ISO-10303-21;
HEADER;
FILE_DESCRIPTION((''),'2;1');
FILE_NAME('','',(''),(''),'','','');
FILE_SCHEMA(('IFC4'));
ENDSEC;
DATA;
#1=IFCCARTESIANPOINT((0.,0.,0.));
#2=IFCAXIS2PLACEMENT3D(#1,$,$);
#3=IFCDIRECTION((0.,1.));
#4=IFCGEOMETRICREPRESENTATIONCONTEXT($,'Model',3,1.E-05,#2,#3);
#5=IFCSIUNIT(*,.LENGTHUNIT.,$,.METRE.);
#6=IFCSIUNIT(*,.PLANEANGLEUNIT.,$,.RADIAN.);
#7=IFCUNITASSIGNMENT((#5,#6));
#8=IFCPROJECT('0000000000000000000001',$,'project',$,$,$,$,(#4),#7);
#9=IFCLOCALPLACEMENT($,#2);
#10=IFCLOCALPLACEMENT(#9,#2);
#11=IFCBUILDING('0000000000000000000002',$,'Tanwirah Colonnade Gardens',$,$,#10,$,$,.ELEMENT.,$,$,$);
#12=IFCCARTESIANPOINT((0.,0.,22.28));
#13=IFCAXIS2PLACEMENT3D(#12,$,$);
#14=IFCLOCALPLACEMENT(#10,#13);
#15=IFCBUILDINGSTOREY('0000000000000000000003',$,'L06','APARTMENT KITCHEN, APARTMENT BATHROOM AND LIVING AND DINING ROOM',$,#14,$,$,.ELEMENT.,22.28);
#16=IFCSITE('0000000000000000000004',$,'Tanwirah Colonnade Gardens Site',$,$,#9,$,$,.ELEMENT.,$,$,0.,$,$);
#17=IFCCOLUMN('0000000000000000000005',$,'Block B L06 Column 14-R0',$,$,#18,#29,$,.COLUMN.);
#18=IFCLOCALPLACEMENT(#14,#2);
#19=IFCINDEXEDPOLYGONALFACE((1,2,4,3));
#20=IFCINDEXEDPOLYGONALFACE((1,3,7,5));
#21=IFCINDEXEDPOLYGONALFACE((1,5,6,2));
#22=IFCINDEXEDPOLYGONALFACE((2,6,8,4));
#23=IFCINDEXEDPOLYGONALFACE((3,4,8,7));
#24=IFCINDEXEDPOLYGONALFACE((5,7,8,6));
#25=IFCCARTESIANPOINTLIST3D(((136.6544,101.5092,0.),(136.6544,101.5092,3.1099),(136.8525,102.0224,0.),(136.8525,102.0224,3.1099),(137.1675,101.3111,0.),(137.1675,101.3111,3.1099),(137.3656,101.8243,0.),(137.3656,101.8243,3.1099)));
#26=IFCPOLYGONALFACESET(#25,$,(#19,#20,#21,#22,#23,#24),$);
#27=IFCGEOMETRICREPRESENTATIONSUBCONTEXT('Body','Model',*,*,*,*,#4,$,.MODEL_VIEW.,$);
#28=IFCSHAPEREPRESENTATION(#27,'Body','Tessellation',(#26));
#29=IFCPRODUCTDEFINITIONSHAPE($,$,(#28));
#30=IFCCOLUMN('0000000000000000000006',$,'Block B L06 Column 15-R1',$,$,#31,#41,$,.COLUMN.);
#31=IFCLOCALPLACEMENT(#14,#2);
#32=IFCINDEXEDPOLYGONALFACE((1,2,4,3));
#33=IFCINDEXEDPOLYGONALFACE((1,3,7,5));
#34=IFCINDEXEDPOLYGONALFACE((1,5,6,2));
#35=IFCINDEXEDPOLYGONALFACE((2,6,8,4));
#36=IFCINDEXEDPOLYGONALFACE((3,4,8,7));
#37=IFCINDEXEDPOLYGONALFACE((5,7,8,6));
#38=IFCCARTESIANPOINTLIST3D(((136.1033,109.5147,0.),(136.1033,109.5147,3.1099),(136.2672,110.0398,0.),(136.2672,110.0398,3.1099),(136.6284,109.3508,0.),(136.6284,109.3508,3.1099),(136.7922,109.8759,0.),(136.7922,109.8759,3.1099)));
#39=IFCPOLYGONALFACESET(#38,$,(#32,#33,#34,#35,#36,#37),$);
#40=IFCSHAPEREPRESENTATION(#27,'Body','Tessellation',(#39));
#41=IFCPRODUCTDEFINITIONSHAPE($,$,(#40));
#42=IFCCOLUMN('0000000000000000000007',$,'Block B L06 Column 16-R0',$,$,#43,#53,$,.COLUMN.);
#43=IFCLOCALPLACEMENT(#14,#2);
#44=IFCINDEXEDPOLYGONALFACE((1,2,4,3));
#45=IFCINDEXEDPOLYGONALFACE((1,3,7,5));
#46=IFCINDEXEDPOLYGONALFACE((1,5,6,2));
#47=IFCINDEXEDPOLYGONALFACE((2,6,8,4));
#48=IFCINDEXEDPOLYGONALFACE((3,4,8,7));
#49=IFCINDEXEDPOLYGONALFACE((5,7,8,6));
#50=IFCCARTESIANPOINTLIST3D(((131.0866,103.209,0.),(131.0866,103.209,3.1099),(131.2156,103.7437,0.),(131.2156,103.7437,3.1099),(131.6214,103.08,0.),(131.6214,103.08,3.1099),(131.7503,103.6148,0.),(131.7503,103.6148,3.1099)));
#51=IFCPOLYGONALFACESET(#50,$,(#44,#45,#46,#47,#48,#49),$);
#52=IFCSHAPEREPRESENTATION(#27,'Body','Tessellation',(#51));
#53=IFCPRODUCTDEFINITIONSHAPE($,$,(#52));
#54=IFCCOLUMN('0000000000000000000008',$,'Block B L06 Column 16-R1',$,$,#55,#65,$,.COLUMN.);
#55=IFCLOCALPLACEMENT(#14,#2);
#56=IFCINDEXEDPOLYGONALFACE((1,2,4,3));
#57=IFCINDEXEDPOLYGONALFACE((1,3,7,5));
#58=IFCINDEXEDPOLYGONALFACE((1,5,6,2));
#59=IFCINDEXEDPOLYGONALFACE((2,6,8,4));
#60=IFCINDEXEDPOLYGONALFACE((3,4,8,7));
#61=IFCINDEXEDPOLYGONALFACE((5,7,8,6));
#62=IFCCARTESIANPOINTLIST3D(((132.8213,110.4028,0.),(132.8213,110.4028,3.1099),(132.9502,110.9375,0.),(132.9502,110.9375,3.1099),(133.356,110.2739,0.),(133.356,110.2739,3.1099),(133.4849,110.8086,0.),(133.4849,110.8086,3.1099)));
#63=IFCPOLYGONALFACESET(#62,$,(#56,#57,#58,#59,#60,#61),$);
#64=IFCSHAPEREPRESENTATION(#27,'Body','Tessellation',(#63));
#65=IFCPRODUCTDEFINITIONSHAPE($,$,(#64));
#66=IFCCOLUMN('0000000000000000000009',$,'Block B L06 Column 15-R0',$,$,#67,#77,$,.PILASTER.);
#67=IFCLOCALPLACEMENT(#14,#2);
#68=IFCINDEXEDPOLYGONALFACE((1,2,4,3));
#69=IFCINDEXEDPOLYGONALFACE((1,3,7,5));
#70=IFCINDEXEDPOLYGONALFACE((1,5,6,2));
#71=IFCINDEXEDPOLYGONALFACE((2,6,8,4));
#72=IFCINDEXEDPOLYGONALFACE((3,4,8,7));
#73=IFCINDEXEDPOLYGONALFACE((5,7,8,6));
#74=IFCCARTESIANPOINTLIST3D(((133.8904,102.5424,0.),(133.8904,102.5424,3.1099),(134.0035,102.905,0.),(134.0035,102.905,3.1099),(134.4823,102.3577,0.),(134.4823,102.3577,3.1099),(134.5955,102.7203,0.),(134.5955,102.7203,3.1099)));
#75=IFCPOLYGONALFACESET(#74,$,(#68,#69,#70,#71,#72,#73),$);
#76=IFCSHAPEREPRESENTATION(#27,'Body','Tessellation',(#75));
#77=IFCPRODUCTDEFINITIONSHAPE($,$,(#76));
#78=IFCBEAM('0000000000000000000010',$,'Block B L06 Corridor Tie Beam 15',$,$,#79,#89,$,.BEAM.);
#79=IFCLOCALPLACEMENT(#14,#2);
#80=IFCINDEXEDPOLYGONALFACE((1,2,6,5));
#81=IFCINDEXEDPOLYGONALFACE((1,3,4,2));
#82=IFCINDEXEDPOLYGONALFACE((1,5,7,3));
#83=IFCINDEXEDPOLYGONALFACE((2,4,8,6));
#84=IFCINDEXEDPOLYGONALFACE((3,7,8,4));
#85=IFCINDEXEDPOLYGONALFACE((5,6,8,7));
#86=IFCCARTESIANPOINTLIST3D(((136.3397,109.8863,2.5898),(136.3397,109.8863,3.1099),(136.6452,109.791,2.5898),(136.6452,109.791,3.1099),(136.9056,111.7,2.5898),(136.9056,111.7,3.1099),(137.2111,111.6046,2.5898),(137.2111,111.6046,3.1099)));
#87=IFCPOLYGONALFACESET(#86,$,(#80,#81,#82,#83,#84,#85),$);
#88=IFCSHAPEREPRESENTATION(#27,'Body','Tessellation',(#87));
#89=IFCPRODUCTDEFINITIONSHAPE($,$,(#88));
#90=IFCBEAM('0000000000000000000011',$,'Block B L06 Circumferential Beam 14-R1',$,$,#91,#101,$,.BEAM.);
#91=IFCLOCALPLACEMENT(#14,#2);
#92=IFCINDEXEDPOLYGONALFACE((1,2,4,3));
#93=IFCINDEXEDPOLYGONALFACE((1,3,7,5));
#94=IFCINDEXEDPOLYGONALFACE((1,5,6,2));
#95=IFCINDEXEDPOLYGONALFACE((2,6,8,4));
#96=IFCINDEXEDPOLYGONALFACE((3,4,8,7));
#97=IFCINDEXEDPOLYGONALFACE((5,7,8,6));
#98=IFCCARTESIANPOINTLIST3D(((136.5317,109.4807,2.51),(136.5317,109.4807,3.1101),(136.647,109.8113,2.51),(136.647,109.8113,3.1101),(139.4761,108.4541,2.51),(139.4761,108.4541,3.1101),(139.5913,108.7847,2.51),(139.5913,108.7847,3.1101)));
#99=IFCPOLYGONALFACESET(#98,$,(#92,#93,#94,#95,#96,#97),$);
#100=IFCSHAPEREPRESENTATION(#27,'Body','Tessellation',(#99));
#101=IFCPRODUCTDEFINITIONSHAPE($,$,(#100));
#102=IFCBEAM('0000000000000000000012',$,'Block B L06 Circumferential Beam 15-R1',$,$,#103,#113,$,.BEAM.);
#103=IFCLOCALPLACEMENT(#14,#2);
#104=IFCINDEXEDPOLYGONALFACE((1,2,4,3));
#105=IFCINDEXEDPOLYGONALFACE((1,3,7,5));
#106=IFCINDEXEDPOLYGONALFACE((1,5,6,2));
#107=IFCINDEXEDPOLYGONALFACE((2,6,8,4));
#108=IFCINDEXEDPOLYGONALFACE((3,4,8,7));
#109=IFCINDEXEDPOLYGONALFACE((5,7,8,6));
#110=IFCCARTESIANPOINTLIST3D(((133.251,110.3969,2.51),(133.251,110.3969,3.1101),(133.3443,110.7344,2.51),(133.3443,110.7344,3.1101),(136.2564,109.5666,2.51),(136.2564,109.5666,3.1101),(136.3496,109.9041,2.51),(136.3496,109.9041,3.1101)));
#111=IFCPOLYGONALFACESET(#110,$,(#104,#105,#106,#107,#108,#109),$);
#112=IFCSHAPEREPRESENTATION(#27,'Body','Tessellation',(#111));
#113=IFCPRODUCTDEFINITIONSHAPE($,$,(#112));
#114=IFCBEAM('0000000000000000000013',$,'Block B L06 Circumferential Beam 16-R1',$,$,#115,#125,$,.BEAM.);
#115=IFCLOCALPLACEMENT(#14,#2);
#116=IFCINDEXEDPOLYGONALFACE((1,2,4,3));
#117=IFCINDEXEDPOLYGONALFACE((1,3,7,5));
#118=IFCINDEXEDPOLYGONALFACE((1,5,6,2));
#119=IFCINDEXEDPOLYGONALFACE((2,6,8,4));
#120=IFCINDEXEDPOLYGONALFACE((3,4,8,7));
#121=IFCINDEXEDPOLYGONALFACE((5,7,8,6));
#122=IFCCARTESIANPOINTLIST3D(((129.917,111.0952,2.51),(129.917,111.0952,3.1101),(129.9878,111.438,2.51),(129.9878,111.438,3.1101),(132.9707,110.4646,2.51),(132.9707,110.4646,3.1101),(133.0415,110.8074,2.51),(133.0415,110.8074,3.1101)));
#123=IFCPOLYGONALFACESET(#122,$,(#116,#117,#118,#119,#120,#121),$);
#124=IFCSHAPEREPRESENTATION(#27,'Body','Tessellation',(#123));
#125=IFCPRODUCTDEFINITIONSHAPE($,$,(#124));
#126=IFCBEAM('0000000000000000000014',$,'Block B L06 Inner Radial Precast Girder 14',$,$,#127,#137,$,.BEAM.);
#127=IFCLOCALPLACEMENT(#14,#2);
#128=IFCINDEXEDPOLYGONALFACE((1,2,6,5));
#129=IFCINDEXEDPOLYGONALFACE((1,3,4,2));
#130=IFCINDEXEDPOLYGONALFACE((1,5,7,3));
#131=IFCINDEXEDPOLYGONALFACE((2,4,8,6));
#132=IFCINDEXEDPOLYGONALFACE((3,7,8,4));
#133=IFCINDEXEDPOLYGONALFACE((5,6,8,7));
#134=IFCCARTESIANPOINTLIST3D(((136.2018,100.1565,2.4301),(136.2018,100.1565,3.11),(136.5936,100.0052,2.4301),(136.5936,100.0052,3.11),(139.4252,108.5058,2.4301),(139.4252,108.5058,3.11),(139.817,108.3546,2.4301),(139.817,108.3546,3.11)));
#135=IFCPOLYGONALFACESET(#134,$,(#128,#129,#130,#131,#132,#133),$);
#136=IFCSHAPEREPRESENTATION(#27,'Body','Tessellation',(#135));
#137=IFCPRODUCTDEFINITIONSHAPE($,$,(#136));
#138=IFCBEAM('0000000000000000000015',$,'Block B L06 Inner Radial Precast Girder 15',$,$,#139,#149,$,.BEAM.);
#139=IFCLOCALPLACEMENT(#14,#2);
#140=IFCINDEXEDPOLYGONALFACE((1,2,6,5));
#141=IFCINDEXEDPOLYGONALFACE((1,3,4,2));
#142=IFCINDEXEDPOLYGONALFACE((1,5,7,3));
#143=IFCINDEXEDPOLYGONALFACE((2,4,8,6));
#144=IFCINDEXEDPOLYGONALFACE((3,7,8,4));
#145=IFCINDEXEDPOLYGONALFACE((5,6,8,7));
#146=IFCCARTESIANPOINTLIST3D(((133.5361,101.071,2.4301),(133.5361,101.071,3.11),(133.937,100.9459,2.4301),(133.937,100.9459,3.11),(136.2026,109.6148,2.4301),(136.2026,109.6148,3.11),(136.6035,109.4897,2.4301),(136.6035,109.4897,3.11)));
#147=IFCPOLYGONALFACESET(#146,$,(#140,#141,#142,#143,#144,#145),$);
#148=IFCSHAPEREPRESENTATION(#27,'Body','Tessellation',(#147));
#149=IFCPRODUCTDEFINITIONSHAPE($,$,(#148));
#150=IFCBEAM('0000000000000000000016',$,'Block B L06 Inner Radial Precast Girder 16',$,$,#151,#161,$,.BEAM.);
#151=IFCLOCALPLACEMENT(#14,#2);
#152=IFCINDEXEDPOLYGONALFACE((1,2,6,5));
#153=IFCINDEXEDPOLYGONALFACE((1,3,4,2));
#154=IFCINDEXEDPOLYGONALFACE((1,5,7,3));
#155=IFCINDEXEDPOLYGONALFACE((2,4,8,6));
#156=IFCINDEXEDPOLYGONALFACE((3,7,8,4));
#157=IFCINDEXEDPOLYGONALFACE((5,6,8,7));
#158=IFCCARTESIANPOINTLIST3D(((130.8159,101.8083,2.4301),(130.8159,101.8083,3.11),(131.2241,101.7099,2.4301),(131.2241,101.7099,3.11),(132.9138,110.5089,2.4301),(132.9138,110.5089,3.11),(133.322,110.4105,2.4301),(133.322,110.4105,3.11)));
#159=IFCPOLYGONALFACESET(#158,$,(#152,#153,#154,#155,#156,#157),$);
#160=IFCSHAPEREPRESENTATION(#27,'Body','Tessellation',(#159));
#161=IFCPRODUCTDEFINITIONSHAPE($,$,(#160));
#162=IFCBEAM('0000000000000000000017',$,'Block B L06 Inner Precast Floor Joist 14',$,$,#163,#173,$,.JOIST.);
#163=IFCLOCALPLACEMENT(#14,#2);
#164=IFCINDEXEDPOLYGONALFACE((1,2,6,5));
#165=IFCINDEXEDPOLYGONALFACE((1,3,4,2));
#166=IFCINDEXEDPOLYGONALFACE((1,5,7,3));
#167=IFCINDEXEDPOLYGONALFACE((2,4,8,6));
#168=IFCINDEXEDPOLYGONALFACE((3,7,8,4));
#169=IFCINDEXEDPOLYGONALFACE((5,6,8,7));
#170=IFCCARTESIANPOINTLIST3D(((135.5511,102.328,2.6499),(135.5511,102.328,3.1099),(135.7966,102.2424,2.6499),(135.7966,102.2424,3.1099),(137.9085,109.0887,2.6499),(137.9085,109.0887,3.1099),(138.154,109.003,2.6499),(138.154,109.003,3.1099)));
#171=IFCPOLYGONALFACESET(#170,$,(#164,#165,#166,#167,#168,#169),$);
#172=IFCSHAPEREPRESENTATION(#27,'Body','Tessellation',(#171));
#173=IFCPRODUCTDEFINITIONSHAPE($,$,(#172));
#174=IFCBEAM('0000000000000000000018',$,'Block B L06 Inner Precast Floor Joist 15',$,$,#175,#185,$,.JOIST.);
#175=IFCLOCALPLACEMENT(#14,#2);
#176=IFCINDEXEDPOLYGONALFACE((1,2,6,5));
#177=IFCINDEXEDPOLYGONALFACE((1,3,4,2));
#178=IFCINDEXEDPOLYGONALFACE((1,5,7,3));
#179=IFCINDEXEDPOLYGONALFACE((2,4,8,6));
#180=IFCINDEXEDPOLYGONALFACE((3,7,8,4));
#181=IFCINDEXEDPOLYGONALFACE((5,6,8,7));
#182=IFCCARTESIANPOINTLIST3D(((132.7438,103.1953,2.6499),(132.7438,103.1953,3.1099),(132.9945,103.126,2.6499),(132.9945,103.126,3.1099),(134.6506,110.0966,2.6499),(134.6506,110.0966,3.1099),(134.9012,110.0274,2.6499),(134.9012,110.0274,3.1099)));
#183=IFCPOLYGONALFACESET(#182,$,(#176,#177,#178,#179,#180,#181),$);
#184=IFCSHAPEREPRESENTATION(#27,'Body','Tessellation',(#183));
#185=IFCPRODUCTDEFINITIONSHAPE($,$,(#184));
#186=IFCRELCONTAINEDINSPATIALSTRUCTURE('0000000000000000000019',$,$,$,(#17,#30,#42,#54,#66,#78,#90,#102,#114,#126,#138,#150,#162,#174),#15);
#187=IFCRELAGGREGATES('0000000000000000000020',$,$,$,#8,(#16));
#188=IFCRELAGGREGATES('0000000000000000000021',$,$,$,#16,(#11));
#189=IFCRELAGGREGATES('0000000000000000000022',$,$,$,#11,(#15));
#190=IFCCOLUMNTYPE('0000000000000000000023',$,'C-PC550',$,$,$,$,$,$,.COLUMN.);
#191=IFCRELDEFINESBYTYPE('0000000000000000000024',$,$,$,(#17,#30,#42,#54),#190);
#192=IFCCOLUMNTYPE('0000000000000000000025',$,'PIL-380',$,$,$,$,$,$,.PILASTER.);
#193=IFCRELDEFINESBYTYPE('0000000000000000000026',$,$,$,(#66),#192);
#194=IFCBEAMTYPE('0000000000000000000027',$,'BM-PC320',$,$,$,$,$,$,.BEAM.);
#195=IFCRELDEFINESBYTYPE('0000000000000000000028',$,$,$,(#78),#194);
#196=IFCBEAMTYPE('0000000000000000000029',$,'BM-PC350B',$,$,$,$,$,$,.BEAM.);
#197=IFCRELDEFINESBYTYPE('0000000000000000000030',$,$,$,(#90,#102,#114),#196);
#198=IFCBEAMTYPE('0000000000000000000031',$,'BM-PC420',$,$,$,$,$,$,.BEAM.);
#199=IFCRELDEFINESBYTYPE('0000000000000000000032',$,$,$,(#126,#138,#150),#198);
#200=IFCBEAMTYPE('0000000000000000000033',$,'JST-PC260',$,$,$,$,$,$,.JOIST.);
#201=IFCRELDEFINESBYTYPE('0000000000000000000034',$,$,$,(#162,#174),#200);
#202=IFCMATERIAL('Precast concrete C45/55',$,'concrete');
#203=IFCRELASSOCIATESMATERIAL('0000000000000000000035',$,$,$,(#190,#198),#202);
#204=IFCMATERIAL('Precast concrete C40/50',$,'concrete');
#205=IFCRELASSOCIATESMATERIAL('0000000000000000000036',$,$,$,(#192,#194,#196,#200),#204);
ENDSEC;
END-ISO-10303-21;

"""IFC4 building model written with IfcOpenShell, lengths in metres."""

from ifc_helpers import new_model, si_unit, direction, frame, origin, origin_2d, place, context, subcontext, project, spatial, rectangle, extrude, material, material_profile, profile_set, type_object, element, save


model = new_model("IFC4")

# Units and contexts
model_context = context("Model", 3, precision=1e-05, world=origin(), true_north=direction((0.0, 1.0)))
body_context = subcontext(model_context, "Body", "Model", "MODEL_VIEW")
ifc_project = project(units=[si_unit("LENGTHUNIT", "METRE"), si_unit("PLANEANGLEUNIT", "RADIAN")], contexts=[model_context])

# Site, building, storey
site_placement = place(None, origin())
site = spatial("IfcSite", under=ifc_project, at=site_placement, Name="Tanwirah Colonnade Gardens Site", CompositionType="ELEMENT", RefElevation=0.0)
building_placement = place(site_placement, origin())
building = spatial("IfcBuilding", under=site, at=building_placement, Name="Tanwirah Colonnade Gardens", CompositionType="ELEMENT")
storey_placement = place(building_placement, frame((0.0, 0.0, 22.28)))
storey = spatial("IfcBuildingStorey", under=building, at=storey_placement, Name="L06", Description="APARTMENT KITCHEN, APARTMENT BATHROOM AND LIVING AND DINING ROOM", CompositionType="ELEMENT", Elevation=22.28)

# Columns
ifc_material_1 = material(Name="Precast concrete C45/55", Category="concrete")
ifc_material_profile_1 = material_profile(ifc_material_1, rectangle(XDim=0.55, YDim=0.55, at=origin_2d()), Name="PC-COL 550x550")
ifc_profile_set_1 = profile_set([ifc_material_profile_1], Name="Precast concrete C45/55")
column_type_1 = type_object("IfcColumnType", Name="C-PC550", PredefinedType="COLUMN", material=ifc_profile_set_1)
for number, where, z_axis, x_axis, name in (
    (1, (137.01, 101.6667, 0.0), (0.0, 0.0, 1.0), (0.360178, 0.932884, 0.0), "Block B L06 Column 14-R0"),
    (2, (136.4478, 109.6953, 0.0), (0.0, 0.0, 1.0), (0.29793, 0.954588, 0.0), "Block B L06 Column 15-R1"),
    (3, (131.4185, 103.4119, 0.0), (0.0, 0.0, 1.0), (0.234388, 0.972143, 0.0), "Block B L06 Column 16-R0"),
    (4, (133.1531, 110.6057, 0.0), (0.0, 0.0, 1.0), (0.234388, 0.972143, 0.0), "Block B L06 Column 16-R1"),
):
    element("IfcColumn", number, at=place(storey_placement, frame(where, z_axis=z_axis, x_axis=x_axis)), inside=storey, type_object=column_type_1, Name=name, PredefinedType="COLUMN", context=body_context, shape_type="SweptSolid", body=[
        extrude(rectangle(XDim=0.55, YDim=0.55, at=origin_2d()), origin(), (0.0, 0.0, 1.0), 3.1099),
    ])
ifc_material_2 = material(Name="Precast concrete C40/50", Category="concrete")
ifc_material_profile_2 = material_profile(ifc_material_2, rectangle(XDim=0.3799, YDim=0.6201, at=origin_2d()), Name="PC-PIL 380x620")
ifc_profile_set_2 = profile_set([ifc_material_profile_2], Name="Precast concrete C40/50")
column_type_2 = type_object("IfcColumnType", Name="PIL-380", PredefinedType="PILASTER", material=ifc_profile_set_2)
column_placement = place(storey_placement, frame((134.2429, 102.6313, 0.0), z_axis=(0.0, 0.0, 1.0), x_axis=(0.29793, 0.954588, 0.0)))
element("IfcColumn", 5, at=column_placement, inside=storey, type_object=column_type_2, Name="Block B L06 Column 15-R0", PredefinedType="PILASTER", context=body_context, shape_type="SweptSolid", body=[
    extrude(rectangle(XDim=0.3799, YDim=0.6201, at=origin_2d()), origin(), (0.0, 0.0, 1.0), 3.1099),
])

# Beams
ifc_material_profile_3 = material_profile(ifc_material_2, rectangle(XDim=0.3201, YDim=0.52, at=origin_2d()), Name="PC-BM 320x520")
ifc_profile_set_3 = profile_set([ifc_material_profile_3], Name="Precast concrete C40/50")
beam_type_1 = type_object("IfcBeamType", Name="BM-PC320", PredefinedType="BEAM", material=ifc_profile_set_3)
beam_1_placement = place(storey_placement, frame((136.4924, 109.8386, 2.8499), z_axis=(0.297858, 0.95461, 0.0), x_axis=(-0.95461, 0.297858, 0.0)))
element("IfcBeam", 6, at=beam_1_placement, inside=storey, type_object=beam_type_1, Name="Block B L06 Corridor Tie Beam 15", PredefinedType="BEAM", context=body_context, shape_type="SweptSolid", body=[
    extrude(rectangle(XDim=0.3201, YDim=0.52, at=origin_2d()), origin(), (0.0, 0.0, 1.0), 1.8999),
])
ifc_material_profile_4 = material_profile(ifc_material_2, rectangle(XDim=0.3501, YDim=0.6001, at=origin_2d()), Name="PC-BM 350x600")
ifc_profile_set_4 = profile_set([ifc_material_profile_4], Name="Precast concrete C40/50")
beam_type_2 = type_object("IfcBeamType", Name="BM-PC350B", PredefinedType="BEAM", material=ifc_profile_set_4)
beam_2_placement = place(storey_placement, frame((139.5337, 108.6194, 2.8101), z_axis=(-0.944248, 0.329234, 0.0), x_axis=(-0.329234, -0.944248, 0.0)))
element("IfcBeam", 7, at=beam_2_placement, inside=storey, type_object=beam_type_2, Name="Block B L06 Circumferential Beam 14-R1", PredefinedType="BEAM", context=body_context, shape_type="SweptSolid", body=[
    extrude(rectangle(XDim=0.3501, YDim=0.6001, at=origin_2d()), origin(), (0.0, 0.0, 1.0), 3.1182),
])
beam_3_placement = place(storey_placement, frame((136.303, 109.7354, 2.8101), z_axis=(-0.963889, 0.266303, 0.0), x_axis=(-0.266303, -0.963889, 0.0)))
element("IfcBeam", 8, at=beam_3_placement, inside=storey, type_object=beam_type_2, Name="Block B L06 Circumferential Beam 15-R1", PredefinedType="BEAM", context=body_context, shape_type="SweptSolid", body=[
    extrude(rectangle(XDim=0.3501, YDim=0.6001, at=origin_2d()), origin(), (0.0, 0.0, 1.0), 3.1179),
])
beam_4_placement = place(storey_placement, frame((133.0061, 110.636, 2.8101), z_axis=(-0.979336, 0.202241, 0.0), x_axis=(-0.202241, -0.979336, 0.0)))
element("IfcBeam", 9, at=beam_4_placement, inside=storey, type_object=beam_type_2, Name="Block B L06 Circumferential Beam 16-R1", PredefinedType="BEAM", context=body_context, shape_type="SweptSolid", body=[
    extrude(rectangle(XDim=0.3501, YDim=0.6001, at=origin_2d()), origin(), (0.0, 0.0, 1.0), 3.1182),
])
ifc_material_profile_5 = material_profile(ifc_material_1, rectangle(XDim=0.4199, YDim=0.6799, at=origin_2d()), Name="PC-BM 420x680")
ifc_profile_set_5 = profile_set([ifc_material_profile_5], Name="Precast concrete C45/55")
beam_type_3 = type_object("IfcBeamType", Name="BM-PC420", PredefinedType="BEAM", material=ifc_profile_set_5)
beam_5_placement = place(storey_placement, frame((139.6211, 108.4302, 2.77), z_axis=(-0.360156, -0.932892, 0.0), x_axis=(0.932892, -0.360156, 0.0)))
element("IfcBeam", 10, at=beam_5_placement, inside=storey, type_object=beam_type_3, Name="Block B L06 Inner Radial Precast Girder 14", PredefinedType="BEAM", context=body_context, shape_type="SweptSolid", body=[
    extrude(rectangle(XDim=0.4199, YDim=0.6799, at=origin_2d()), origin(), (0.0, 0.0, 1.0), 8.95),
])
beam_6_placement = place(storey_placement, frame((136.4031, 109.5522, 2.77), z_axis=(-0.297929, -0.954588, 0.0), x_axis=(0.954588, -0.297929, 0.0)))
element("IfcBeam", 11, at=beam_6_placement, inside=storey, type_object=beam_type_3, Name="Block B L06 Inner Radial Precast Girder 15", PredefinedType="BEAM", context=body_context, shape_type="SweptSolid", body=[
    extrude(rectangle(XDim=0.4199, YDim=0.6799, at=origin_2d()), origin(), (0.0, 0.0, 1.0), 8.9502),
])
beam_7_placement = place(storey_placement, frame((133.1179, 110.4597, 2.77), z_axis=(-0.234401, -0.97214, 0.0), x_axis=(0.97214, -0.234401, 0.0)))
element("IfcBeam", 12, at=beam_7_placement, inside=storey, type_object=beam_type_3, Name="Block B L06 Inner Radial Precast Girder 16", PredefinedType="BEAM", context=body_context, shape_type="SweptSolid", body=[
    extrude(rectangle(XDim=0.4199, YDim=0.6799, at=origin_2d()), origin(), (0.0, 0.0, 1.0), 8.95),
])
ifc_material_profile_6 = material_profile(ifc_material_2, rectangle(XDim=0.26, YDim=0.46, at=origin_2d()), Name="PC-JST 260x460")
ifc_profile_set_6 = profile_set([ifc_material_profile_6], Name="Precast concrete C40/50")
beam_type_4 = type_object("IfcBeamType", Name="JST-PC260", PredefinedType="JOIST", material=ifc_profile_set_6)
for number, where, z_axis, x_axis, name in (
    (13, (135.6738, 102.2852, 2.8799), (0.329251, 0.944243, 0.0), (-0.944243, 0.329251, 0.0), "Block B L06 Inner Precast Floor Joist 14"),
    (14, (132.8691, 103.1606, 2.8799), (0.266307, 0.963888, 0.0), (-0.963888, 0.266307, 0.0), "Block B L06 Inner Precast Floor Joist 15"),
):
    element("IfcBeam", number, at=place(storey_placement, frame(where, z_axis=z_axis, x_axis=x_axis)), inside=storey, type_object=beam_type_4, Name=name, PredefinedType="JOIST", context=body_context, shape_type="SweptSolid", body=[
        extrude(rectangle(XDim=0.26, YDim=0.46, at=origin_2d()), origin(), (0.0, 0.0, 1.0), 7.1599),
    ])

save(model, "model.ifc")
